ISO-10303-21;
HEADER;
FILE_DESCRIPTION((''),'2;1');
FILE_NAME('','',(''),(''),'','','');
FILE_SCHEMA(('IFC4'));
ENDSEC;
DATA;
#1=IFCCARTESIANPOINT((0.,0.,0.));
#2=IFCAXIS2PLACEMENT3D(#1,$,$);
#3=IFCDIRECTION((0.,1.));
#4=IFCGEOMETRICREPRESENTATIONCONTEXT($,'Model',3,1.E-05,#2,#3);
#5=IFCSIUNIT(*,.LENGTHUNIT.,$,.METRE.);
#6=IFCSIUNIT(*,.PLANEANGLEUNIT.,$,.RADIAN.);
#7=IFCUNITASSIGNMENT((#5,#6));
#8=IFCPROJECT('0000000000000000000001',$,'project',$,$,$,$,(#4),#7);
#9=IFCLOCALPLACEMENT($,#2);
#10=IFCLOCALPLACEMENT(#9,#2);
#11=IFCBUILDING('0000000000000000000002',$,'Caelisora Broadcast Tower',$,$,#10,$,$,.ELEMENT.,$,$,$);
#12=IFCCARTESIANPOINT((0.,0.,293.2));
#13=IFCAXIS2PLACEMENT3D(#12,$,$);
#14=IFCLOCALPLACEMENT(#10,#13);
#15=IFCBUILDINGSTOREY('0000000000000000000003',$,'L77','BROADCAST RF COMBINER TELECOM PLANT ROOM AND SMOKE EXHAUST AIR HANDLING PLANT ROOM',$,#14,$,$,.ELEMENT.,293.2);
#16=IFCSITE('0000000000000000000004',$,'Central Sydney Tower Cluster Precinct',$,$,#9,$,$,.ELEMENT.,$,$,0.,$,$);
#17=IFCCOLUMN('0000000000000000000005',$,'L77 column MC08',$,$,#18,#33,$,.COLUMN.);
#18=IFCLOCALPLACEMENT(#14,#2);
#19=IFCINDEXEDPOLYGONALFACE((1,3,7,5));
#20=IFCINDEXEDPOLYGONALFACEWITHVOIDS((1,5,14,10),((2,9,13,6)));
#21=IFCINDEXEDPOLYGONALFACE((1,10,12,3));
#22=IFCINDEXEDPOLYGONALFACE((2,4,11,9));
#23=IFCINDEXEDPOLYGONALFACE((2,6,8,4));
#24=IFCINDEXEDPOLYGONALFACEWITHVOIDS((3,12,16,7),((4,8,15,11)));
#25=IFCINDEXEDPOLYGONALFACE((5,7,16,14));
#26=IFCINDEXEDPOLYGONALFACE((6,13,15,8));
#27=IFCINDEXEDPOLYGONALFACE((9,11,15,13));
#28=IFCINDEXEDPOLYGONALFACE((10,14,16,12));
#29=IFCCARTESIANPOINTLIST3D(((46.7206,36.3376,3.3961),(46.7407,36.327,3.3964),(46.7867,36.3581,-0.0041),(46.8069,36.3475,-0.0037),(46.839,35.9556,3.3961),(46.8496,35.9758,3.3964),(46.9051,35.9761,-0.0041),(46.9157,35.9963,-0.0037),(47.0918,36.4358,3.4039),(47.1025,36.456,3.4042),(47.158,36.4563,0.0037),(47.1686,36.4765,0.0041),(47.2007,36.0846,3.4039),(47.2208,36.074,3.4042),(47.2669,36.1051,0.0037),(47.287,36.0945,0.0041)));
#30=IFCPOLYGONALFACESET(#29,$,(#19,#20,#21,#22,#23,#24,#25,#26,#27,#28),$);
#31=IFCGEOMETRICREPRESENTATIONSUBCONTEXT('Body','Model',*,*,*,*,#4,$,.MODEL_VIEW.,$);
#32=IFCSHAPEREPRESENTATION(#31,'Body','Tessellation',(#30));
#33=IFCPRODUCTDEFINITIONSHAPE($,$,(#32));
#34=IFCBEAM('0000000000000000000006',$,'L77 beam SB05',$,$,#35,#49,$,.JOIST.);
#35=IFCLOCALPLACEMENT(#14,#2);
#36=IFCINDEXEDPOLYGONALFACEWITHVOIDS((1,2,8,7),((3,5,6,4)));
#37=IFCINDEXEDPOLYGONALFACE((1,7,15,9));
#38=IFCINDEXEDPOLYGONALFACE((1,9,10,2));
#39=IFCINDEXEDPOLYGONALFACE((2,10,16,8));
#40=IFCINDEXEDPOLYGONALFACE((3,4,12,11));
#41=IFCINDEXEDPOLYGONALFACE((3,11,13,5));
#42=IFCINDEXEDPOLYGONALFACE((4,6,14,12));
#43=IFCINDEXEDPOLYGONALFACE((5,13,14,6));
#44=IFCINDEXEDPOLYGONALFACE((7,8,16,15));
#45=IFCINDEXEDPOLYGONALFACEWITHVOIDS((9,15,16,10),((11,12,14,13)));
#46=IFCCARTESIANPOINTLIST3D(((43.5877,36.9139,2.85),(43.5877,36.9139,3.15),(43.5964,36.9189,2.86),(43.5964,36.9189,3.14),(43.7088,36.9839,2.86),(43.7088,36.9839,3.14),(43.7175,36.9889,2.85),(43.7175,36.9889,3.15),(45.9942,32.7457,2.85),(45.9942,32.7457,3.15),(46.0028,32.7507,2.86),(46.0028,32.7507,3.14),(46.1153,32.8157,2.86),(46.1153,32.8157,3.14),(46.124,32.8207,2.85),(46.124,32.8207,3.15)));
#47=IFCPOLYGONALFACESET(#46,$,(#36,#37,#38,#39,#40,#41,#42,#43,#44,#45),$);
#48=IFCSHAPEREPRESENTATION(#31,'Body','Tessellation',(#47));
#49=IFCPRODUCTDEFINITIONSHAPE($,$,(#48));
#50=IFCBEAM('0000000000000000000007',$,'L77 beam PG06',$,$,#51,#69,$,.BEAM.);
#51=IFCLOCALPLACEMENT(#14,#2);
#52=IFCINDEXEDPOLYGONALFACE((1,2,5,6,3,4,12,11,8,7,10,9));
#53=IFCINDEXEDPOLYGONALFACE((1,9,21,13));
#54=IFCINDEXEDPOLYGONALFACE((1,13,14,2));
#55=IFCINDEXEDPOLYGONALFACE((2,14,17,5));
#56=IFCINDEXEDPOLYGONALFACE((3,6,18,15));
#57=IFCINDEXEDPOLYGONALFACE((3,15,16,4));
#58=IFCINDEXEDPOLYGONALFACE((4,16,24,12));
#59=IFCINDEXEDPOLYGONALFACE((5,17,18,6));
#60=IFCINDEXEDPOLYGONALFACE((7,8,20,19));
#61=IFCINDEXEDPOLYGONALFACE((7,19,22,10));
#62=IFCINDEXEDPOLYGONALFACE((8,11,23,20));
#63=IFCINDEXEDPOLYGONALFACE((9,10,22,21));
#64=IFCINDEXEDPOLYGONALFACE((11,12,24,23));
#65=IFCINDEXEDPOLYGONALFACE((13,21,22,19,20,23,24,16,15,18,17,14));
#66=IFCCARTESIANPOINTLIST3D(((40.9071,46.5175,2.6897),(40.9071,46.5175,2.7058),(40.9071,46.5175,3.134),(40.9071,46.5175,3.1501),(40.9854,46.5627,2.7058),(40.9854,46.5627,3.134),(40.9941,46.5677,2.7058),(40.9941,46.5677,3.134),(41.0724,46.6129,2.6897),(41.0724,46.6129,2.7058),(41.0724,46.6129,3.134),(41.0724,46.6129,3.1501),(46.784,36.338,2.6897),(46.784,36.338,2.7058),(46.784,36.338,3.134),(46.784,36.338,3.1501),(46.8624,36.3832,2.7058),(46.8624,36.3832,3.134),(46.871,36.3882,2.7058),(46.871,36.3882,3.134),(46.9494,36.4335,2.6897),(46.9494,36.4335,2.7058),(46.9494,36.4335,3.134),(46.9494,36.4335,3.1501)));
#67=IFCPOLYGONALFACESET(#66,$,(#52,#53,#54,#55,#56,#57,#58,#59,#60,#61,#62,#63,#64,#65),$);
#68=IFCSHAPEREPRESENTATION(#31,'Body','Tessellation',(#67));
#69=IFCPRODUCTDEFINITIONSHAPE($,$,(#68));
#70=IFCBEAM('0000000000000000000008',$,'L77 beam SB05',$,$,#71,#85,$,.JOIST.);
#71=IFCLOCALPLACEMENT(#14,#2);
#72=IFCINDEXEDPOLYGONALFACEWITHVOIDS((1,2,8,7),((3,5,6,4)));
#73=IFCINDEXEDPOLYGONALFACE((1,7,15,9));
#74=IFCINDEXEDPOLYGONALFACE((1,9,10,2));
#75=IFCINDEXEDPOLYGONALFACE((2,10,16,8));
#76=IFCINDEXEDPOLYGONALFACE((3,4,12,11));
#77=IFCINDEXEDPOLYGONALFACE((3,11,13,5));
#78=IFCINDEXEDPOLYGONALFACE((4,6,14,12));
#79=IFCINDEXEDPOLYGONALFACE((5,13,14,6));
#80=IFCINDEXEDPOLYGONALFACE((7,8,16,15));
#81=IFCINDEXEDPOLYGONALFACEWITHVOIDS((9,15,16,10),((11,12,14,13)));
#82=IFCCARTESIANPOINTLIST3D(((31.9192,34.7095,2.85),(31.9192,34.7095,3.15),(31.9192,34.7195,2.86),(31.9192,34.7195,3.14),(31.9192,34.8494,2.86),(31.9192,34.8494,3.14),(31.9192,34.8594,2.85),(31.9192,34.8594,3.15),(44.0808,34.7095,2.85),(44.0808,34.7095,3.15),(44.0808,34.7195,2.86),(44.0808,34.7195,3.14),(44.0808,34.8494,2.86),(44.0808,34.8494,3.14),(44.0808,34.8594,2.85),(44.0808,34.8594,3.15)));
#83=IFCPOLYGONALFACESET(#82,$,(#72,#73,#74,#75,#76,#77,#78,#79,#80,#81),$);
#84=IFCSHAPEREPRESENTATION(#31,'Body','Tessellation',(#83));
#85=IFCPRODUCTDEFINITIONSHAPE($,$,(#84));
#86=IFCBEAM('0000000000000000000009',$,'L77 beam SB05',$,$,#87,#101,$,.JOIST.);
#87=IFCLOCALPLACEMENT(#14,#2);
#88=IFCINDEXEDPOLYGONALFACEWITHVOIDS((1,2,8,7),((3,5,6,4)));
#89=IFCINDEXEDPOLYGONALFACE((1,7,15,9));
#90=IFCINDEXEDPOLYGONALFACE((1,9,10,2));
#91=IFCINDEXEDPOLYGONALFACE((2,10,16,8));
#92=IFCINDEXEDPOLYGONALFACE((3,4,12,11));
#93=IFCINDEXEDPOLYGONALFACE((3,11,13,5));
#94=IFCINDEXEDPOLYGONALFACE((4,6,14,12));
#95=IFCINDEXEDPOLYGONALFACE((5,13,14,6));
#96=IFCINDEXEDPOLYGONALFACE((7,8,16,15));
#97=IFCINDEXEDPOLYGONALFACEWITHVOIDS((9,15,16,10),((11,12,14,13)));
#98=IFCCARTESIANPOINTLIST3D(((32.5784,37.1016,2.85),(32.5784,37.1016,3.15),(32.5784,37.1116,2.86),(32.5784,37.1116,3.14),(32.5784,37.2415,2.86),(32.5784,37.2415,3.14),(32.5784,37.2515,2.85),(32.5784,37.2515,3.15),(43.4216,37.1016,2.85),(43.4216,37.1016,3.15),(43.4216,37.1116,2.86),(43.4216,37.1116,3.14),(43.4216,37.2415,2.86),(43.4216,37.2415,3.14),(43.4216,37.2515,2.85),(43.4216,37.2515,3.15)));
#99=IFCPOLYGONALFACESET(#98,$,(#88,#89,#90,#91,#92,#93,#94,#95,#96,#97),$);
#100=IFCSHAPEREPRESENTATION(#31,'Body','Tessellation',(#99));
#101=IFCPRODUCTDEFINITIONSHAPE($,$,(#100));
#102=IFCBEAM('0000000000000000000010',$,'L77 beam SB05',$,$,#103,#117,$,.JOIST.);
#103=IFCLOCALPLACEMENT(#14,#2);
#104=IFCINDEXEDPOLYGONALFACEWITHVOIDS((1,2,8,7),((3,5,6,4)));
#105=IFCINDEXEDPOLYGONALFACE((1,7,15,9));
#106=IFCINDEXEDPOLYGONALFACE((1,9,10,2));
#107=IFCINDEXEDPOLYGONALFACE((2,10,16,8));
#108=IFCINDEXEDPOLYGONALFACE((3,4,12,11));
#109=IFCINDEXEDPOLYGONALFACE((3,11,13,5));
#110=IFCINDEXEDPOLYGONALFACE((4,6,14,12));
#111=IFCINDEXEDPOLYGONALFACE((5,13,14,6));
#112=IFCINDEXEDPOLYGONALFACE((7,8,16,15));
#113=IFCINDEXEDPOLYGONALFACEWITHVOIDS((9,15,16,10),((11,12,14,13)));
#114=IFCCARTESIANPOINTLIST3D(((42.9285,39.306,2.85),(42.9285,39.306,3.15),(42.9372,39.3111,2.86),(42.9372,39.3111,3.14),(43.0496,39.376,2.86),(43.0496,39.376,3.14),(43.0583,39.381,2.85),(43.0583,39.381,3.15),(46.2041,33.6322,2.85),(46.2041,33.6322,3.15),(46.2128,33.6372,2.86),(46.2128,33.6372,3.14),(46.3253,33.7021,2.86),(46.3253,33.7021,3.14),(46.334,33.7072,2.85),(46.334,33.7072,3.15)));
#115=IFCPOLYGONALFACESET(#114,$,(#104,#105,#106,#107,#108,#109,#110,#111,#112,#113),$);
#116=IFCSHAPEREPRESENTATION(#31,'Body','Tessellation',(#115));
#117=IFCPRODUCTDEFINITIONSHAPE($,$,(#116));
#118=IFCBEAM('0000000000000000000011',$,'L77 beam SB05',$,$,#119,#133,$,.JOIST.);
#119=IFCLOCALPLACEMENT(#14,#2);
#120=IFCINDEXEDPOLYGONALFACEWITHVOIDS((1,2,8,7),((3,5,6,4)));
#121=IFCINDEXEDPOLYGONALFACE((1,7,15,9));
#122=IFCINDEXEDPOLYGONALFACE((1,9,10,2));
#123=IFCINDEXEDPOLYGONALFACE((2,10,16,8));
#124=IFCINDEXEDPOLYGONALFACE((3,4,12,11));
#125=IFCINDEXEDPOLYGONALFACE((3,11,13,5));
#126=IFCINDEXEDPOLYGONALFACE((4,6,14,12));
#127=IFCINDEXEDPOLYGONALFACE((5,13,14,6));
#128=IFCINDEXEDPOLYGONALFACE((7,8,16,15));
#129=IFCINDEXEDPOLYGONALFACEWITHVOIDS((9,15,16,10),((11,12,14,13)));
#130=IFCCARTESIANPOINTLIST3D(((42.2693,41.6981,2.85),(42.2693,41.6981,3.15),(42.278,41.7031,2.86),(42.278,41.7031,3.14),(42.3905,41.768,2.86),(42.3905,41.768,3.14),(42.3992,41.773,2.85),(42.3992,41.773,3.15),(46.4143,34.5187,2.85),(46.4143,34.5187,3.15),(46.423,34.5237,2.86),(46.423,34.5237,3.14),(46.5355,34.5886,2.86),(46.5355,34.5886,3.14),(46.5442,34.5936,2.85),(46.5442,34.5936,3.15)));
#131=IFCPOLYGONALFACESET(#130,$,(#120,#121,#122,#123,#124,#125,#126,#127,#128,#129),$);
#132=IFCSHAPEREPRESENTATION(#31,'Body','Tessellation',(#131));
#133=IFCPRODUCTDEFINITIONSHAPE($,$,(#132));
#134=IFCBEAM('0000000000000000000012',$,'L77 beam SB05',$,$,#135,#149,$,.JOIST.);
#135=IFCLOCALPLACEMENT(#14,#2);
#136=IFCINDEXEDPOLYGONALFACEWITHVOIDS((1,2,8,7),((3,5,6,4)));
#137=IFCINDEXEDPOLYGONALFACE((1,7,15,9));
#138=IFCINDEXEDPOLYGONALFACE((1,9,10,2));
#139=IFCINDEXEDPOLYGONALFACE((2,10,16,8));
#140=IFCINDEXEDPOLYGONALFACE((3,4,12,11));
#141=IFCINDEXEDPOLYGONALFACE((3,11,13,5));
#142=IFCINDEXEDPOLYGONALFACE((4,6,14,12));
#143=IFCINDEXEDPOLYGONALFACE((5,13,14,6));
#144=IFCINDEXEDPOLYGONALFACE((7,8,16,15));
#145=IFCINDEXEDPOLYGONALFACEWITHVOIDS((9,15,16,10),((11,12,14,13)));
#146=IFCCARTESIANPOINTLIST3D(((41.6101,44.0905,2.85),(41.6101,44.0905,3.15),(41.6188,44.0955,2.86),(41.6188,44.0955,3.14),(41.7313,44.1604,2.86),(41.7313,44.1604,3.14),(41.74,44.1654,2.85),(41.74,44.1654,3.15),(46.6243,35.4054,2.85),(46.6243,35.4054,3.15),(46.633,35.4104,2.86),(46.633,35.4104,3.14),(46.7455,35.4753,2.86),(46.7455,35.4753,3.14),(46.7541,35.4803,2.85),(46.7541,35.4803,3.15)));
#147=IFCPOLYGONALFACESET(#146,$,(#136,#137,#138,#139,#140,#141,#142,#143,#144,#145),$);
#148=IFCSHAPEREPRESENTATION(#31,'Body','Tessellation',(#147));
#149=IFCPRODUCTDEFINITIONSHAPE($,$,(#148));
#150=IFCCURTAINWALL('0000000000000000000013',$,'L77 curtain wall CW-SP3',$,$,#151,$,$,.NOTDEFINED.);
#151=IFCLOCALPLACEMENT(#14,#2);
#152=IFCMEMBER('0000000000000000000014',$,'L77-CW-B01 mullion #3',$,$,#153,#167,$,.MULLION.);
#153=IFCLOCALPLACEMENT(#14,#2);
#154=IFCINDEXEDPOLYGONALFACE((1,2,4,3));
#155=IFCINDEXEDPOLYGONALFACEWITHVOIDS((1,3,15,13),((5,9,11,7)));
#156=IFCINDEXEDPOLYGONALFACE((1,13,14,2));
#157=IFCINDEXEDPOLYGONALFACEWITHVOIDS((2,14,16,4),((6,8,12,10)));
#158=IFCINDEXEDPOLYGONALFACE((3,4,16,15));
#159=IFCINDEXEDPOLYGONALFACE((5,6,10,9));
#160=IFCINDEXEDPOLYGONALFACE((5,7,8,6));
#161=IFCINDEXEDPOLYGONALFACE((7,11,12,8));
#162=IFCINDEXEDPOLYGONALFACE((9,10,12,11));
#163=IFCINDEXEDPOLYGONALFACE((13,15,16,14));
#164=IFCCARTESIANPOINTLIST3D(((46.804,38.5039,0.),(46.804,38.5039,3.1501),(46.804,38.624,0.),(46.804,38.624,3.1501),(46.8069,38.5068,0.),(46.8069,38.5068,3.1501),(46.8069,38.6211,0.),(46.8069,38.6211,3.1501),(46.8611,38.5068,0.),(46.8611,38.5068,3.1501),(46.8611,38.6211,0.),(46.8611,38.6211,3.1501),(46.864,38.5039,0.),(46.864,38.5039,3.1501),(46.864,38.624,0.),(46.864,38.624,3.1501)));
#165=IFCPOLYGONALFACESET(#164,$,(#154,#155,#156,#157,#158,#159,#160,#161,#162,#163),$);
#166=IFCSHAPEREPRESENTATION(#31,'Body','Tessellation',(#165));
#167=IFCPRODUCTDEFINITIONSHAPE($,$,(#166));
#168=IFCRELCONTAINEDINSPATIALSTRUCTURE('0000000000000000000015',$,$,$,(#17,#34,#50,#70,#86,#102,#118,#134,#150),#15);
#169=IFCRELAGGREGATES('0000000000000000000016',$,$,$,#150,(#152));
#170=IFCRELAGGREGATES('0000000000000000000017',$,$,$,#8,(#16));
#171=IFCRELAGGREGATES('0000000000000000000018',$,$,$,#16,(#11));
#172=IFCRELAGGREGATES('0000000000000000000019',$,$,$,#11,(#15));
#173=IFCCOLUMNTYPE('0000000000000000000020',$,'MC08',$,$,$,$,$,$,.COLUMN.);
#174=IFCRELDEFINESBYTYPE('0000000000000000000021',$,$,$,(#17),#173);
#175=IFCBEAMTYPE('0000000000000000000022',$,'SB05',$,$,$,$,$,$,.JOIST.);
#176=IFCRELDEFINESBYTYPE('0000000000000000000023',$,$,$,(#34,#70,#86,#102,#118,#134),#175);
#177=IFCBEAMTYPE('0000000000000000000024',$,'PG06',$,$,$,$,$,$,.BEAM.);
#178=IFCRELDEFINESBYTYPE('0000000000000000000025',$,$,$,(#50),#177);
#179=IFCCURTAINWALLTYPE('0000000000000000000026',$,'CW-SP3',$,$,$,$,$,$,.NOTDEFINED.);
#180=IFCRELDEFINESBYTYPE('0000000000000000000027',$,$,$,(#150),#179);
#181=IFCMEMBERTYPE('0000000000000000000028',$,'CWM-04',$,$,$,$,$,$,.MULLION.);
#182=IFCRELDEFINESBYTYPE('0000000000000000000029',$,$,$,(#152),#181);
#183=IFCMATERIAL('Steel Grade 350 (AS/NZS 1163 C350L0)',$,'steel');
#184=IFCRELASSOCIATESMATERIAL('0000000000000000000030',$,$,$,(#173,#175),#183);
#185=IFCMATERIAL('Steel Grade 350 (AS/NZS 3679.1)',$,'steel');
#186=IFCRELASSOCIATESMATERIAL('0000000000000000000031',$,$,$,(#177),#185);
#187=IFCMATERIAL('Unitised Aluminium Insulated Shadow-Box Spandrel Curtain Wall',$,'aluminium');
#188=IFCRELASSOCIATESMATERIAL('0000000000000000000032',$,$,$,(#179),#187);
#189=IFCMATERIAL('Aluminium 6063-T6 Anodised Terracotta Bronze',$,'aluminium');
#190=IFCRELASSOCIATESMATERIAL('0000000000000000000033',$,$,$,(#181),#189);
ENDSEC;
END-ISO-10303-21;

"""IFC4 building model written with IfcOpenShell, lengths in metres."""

from ifc_helpers import new_model, si_unit, direction, frame, origin, origin_2d, place, context, subcontext, project, spatial, hollow_rectangle, i_section, extrude, source, transform, mapped, material, material_profile, profile_set, type_object, type_shapes, element, aggregate, save


model = new_model("IFC4")

# Units and contexts
model_context = context("Model", 3, precision=1e-05, world=origin(), true_north=direction((0.0, 1.0)))
body_context = subcontext(model_context, "Body", "Model", "MODEL_VIEW")
ifc_project = project(units=[si_unit("LENGTHUNIT", "METRE"), si_unit("PLANEANGLEUNIT", "RADIAN")], contexts=[model_context])

# Site, building, storey
site_placement = place(None, origin())
site = spatial("IfcSite", under=ifc_project, at=site_placement, Name="Central Sydney Tower Cluster Precinct", CompositionType="ELEMENT", RefElevation=0.0)
building_placement = place(site_placement, origin())
building = spatial("IfcBuilding", under=site, at=building_placement, Name="Caelisora Broadcast Tower", CompositionType="ELEMENT")
storey_placement = place(building_placement, frame((0.0, 0.0, 293.2)))
storey = spatial("IfcBuildingStorey", under=building, at=storey_placement, Name="L77", Description="BROADCAST RF COMBINER TELECOM PLANT ROOM AND SMOKE EXHAUST AIR HANDLING PLANT ROOM", CompositionType="ELEMENT", Elevation=293.2)

# Column
ifc_material_1 = material(Name="Steel Grade 350 (AS/NZS 1163 C350L0)", Category="steel")
ifc_material_profile_1 = material_profile(ifc_material_1, hollow_rectangle(XDim=0.3999, YDim=0.3999, WallThickness=0.0161, at=origin_2d()), Name="Steel Grade 350 (AS/NZS 1163 C350L0)")
ifc_profile_set_1 = profile_set([ifc_material_profile_1], Name="Steel Grade 350 (AS/NZS 1163 C350L0)")
column_type = type_object("IfcColumnType", Name="MC08", PredefinedType="COLUMN", material=ifc_profile_set_1)
shared_shape_1 = source(origin(), body_context, "Body", "SweptSolid", [
    extrude(hollow_rectangle(XDim=0.3999, YDim=0.3999, WallThickness=0.0161, at=origin_2d()), origin(), (0.0, 0.0, 1.0), 3.4009),
])
type_shapes(column_type, [shared_shape_1])
column_placement = place(storey_placement, frame((47.0369, 36.2263, 0.0), z_axis=(-0.019455, -0.00603, 0.999793), x_axis=(0.296067, -0.955167, 0.0)))
element("IfcColumn", 1, at=column_placement, inside=storey, type_object=column_type, Name="L77 column MC08", PredefinedType="COLUMN", context=body_context, shape_type="MappedRepresentation", body=[
    mapped(shared_shape_1, transform((0.0, 0.0, 0.0), scale=1.0)),
])

# Beams
ifc_material_profile_2 = material_profile(ifc_material_1, hollow_rectangle(XDim=0.1499, YDim=0.3, WallThickness=0.01, at=origin_2d()), Name="Steel Grade 350 (AS/NZS 1163 C350L0)")
ifc_profile_set_2 = profile_set([ifc_material_profile_2], Name="Steel Grade 350 (AS/NZS 1163 C350L0)")
beam_type_1 = type_object("IfcBeamType", Name="SB05", PredefinedType="JOIST", material=ifc_profile_set_2)
shared_shape_2 = source(origin(), body_context, "Body", "SweptSolid", [
    extrude(hollow_rectangle(XDim=0.1499, YDim=0.3, WallThickness=0.01, at=origin_2d()), origin(), (0.0, 0.0, 1.0), 4.813),
])
beam_1_placement = place(storey_placement, frame((46.0591, 32.7832, 3.0), z_axis=(-0.499996, 0.866028, 0.0), x_axis=(-0.866028, -0.499996, 0.0)))
element("IfcBeam", 2, at=beam_1_placement, inside=storey, type_object=beam_type_1, Name="L77 beam SB05", PredefinedType="JOIST", context=body_context, shape_type="MappedRepresentation", body=[
    mapped(shared_shape_2, transform((0.0, 0.0, 0.0), scale=1.0)),
])
ifc_material_2 = material(Name="Steel Grade 350 (AS/NZS 3679.1)", Category="steel")
ifc_material_profile_3 = material_profile(ifc_material_2, i_section(OverallWidth=0.1909, OverallDepth=0.4604, WebThickness=0.01, FlangeThickness=0.0161, at=origin_2d()), Name="Steel Grade 350 (AS/NZS 3679.1)")
ifc_profile_set_3 = profile_set([ifc_material_profile_3], Name="Steel Grade 350 (AS/NZS 3679.1)")
beam_type_2 = type_object("IfcBeamType", Name="PG06", PredefinedType="BEAM", material=ifc_profile_set_3)
shared_shape_3 = source(origin(), body_context, "Body", "SweptSolid", [
    extrude(i_section(OverallWidth=0.1909, OverallDepth=0.4604, WebThickness=0.01, FlangeThickness=0.0161, at=origin_2d()), origin(), (0.0, 0.0, 1.0), 11.7542),
])
type_shapes(beam_type_2, [shared_shape_3])
beam_2_placement = place(storey_placement, frame((46.8667, 36.3857, 2.9199), z_axis=(-0.49999, 0.866031, 0.0), x_axis=(-0.866031, -0.49999, 0.0)))
element("IfcBeam", 3, at=beam_2_placement, inside=storey, type_object=beam_type_2, Name="L77 beam PG06", PredefinedType="BEAM", context=body_context, shape_type="MappedRepresentation", body=[
    mapped(shared_shape_3, transform((0.0, 0.0, 0.0), scale=1.0)),
])
shared_shape_4 = source(origin(), body_context, "Body", "SweptSolid", [
    extrude(hollow_rectangle(XDim=0.1499, YDim=0.3, WallThickness=0.01, at=origin_2d()), origin(), (0.0, 0.0, 1.0), 12.1616),
])
beam_3_placement = place(storey_placement, frame((44.0808, 34.7844, 3.0), z_axis=(-1.0, 0.0, 0.0), x_axis=(0.0, -1.0, 0.0)))
element("IfcBeam", 4, at=beam_3_placement, inside=storey, type_object=beam_type_1, Name="L77 beam SB05", PredefinedType="JOIST", context=body_context, shape_type="MappedRepresentation", body=[
    mapped(shared_shape_4, transform((0.0, 0.0, 0.0), scale=1.0)),
])
shared_shape_5 = source(origin(), body_context, "Body", "SweptSolid", [
    extrude(hollow_rectangle(XDim=0.1499, YDim=0.3, WallThickness=0.01, at=origin_2d()), origin(), (0.0, 0.0, 1.0), 10.8433),
])
beam_4_placement = place(storey_placement, frame((43.4216, 37.1765, 3.0), z_axis=(-1.0, 0.0, 0.0), x_axis=(0.0, -1.0, 0.0)))
element("IfcBeam", 5, at=beam_4_placement, inside=storey, type_object=beam_type_1, Name="L77 beam SB05", PredefinedType="JOIST", context=body_context, shape_type="MappedRepresentation", body=[
    mapped(shared_shape_5, transform((0.0, 0.0, 0.0), scale=1.0)),
])
shared_shape_6 = source(origin(), body_context, "Body", "SweptSolid", [
    extrude(hollow_rectangle(XDim=0.1499, YDim=0.3, WallThickness=0.01, at=origin_2d()), origin(), (0.0, 0.0, 1.0), 6.5515),
])
beam_5_placement = place(storey_placement, frame((46.269, 33.6697, 3.0), z_axis=(-0.499983, 0.866035, 0.0), x_axis=(-0.866035, -0.499983, 0.0)))
element("IfcBeam", 6, at=beam_5_placement, inside=storey, type_object=beam_type_1, Name="L77 beam SB05", PredefinedType="JOIST", context=body_context, shape_type="MappedRepresentation", body=[
    mapped(shared_shape_6, transform((0.0, 0.0, 0.0), scale=1.0)),
])
shared_shape_7 = source(origin(), body_context, "Body", "SweptSolid", [
    extrude(hollow_rectangle(XDim=0.1499, YDim=0.3, WallThickness=0.01, at=origin_2d()), origin(), (0.0, 0.0, 1.0), 8.29),
])
beam_6_placement = place(storey_placement, frame((46.4792, 34.5562, 3.0), z_axis=(-0.499997, 0.866027, 0.0), x_axis=(-0.866027, -0.499997, 0.0)))
element("IfcBeam", 7, at=beam_6_placement, inside=storey, type_object=beam_type_1, Name="L77 beam SB05", PredefinedType="JOIST", context=body_context, shape_type="MappedRepresentation", body=[
    mapped(shared_shape_7, transform((0.0, 0.0, 0.0), scale=1.0)),
])
shared_shape_8 = source(origin(), body_context, "Body", "SweptSolid", [
    extrude(hollow_rectangle(XDim=0.1499, YDim=0.3, WallThickness=0.01, at=origin_2d()), origin(), (0.0, 0.0, 1.0), 10.0286),
])
type_shapes(beam_type_1, [shared_shape_2, shared_shape_4, shared_shape_5, shared_shape_6, shared_shape_7, shared_shape_8])
beam_7_placement = place(storey_placement, frame((46.6892, 35.4429, 3.0), z_axis=(-0.499988, 0.866032, 0.0), x_axis=(-0.866032, -0.499988, 0.0)))
element("IfcBeam", 8, at=beam_7_placement, inside=storey, type_object=beam_type_1, Name="L77 beam SB05", PredefinedType="JOIST", context=body_context, shape_type="MappedRepresentation", body=[
    mapped(shared_shape_8, transform((0.0, 0.0, 0.0), scale=1.0)),
])

# Curtain wall, member
ifc_material_3 = material(Name="Unitised Aluminium Insulated Shadow-Box Spandrel Curtain Wall", Category="aluminium")
curtain_wall_type = type_object("IfcCurtainWallType", Name="CW-SP3", PredefinedType="NOTDEFINED", material=ifc_material_3)
curtain_wall_1_placement = place(storey_placement, origin())
curtain_wall_1 = element("IfcCurtainWall", 9, at=curtain_wall_1_placement, inside=storey, type_object=curtain_wall_type, Name="L77 curtain wall CW-SP3", PredefinedType="NOTDEFINED")
ifc_material_4 = material(Name="Aluminium 6063-T6 Anodised Terracotta Bronze", Category="aluminium")
ifc_material_profile_4 = material_profile(ifc_material_4, hollow_rectangle(XDim=0.0601, YDim=0.1201, WallThickness=0.0029, at=origin_2d()), Name="Aluminium 6063-T6 Anodised Terracotta Bronze")
ifc_profile_set_4 = profile_set([ifc_material_profile_4], Name="Aluminium 6063-T6 Anodised Terracotta Bronze")
member_type_1 = type_object("IfcMemberType", Name="CWM-04", PredefinedType="MULLION", material=ifc_profile_set_4)
shared_shape_9 = source(origin(), body_context, "Body", "SweptSolid", [
    extrude(hollow_rectangle(XDim=0.0601, YDim=0.1201, WallThickness=0.0029, at=origin_2d()), origin(), (0.0, 0.0, 1.0), 3.1501),
])
type_shapes(member_type_1, [shared_shape_9])
member_1_placement = place(storey_placement, frame((46.834, 38.564, 0.0), z_axis=(0.0, 0.0, 1.0), x_axis=(1.0, 0.0, 0.0)))
member_1 = element("IfcMember", 10, at=member_1_placement, type_object=member_type_1, Name="L77-CW-B01 mullion #3", PredefinedType="MULLION", context=body_context, shape_type="MappedRepresentation", body=[
    mapped(shared_shape_9, transform((0.0, 0.0, 0.0), scale=1.0)),
])
aggregate(curtain_wall_1, [member_1])

save(model, "model.ifc")
